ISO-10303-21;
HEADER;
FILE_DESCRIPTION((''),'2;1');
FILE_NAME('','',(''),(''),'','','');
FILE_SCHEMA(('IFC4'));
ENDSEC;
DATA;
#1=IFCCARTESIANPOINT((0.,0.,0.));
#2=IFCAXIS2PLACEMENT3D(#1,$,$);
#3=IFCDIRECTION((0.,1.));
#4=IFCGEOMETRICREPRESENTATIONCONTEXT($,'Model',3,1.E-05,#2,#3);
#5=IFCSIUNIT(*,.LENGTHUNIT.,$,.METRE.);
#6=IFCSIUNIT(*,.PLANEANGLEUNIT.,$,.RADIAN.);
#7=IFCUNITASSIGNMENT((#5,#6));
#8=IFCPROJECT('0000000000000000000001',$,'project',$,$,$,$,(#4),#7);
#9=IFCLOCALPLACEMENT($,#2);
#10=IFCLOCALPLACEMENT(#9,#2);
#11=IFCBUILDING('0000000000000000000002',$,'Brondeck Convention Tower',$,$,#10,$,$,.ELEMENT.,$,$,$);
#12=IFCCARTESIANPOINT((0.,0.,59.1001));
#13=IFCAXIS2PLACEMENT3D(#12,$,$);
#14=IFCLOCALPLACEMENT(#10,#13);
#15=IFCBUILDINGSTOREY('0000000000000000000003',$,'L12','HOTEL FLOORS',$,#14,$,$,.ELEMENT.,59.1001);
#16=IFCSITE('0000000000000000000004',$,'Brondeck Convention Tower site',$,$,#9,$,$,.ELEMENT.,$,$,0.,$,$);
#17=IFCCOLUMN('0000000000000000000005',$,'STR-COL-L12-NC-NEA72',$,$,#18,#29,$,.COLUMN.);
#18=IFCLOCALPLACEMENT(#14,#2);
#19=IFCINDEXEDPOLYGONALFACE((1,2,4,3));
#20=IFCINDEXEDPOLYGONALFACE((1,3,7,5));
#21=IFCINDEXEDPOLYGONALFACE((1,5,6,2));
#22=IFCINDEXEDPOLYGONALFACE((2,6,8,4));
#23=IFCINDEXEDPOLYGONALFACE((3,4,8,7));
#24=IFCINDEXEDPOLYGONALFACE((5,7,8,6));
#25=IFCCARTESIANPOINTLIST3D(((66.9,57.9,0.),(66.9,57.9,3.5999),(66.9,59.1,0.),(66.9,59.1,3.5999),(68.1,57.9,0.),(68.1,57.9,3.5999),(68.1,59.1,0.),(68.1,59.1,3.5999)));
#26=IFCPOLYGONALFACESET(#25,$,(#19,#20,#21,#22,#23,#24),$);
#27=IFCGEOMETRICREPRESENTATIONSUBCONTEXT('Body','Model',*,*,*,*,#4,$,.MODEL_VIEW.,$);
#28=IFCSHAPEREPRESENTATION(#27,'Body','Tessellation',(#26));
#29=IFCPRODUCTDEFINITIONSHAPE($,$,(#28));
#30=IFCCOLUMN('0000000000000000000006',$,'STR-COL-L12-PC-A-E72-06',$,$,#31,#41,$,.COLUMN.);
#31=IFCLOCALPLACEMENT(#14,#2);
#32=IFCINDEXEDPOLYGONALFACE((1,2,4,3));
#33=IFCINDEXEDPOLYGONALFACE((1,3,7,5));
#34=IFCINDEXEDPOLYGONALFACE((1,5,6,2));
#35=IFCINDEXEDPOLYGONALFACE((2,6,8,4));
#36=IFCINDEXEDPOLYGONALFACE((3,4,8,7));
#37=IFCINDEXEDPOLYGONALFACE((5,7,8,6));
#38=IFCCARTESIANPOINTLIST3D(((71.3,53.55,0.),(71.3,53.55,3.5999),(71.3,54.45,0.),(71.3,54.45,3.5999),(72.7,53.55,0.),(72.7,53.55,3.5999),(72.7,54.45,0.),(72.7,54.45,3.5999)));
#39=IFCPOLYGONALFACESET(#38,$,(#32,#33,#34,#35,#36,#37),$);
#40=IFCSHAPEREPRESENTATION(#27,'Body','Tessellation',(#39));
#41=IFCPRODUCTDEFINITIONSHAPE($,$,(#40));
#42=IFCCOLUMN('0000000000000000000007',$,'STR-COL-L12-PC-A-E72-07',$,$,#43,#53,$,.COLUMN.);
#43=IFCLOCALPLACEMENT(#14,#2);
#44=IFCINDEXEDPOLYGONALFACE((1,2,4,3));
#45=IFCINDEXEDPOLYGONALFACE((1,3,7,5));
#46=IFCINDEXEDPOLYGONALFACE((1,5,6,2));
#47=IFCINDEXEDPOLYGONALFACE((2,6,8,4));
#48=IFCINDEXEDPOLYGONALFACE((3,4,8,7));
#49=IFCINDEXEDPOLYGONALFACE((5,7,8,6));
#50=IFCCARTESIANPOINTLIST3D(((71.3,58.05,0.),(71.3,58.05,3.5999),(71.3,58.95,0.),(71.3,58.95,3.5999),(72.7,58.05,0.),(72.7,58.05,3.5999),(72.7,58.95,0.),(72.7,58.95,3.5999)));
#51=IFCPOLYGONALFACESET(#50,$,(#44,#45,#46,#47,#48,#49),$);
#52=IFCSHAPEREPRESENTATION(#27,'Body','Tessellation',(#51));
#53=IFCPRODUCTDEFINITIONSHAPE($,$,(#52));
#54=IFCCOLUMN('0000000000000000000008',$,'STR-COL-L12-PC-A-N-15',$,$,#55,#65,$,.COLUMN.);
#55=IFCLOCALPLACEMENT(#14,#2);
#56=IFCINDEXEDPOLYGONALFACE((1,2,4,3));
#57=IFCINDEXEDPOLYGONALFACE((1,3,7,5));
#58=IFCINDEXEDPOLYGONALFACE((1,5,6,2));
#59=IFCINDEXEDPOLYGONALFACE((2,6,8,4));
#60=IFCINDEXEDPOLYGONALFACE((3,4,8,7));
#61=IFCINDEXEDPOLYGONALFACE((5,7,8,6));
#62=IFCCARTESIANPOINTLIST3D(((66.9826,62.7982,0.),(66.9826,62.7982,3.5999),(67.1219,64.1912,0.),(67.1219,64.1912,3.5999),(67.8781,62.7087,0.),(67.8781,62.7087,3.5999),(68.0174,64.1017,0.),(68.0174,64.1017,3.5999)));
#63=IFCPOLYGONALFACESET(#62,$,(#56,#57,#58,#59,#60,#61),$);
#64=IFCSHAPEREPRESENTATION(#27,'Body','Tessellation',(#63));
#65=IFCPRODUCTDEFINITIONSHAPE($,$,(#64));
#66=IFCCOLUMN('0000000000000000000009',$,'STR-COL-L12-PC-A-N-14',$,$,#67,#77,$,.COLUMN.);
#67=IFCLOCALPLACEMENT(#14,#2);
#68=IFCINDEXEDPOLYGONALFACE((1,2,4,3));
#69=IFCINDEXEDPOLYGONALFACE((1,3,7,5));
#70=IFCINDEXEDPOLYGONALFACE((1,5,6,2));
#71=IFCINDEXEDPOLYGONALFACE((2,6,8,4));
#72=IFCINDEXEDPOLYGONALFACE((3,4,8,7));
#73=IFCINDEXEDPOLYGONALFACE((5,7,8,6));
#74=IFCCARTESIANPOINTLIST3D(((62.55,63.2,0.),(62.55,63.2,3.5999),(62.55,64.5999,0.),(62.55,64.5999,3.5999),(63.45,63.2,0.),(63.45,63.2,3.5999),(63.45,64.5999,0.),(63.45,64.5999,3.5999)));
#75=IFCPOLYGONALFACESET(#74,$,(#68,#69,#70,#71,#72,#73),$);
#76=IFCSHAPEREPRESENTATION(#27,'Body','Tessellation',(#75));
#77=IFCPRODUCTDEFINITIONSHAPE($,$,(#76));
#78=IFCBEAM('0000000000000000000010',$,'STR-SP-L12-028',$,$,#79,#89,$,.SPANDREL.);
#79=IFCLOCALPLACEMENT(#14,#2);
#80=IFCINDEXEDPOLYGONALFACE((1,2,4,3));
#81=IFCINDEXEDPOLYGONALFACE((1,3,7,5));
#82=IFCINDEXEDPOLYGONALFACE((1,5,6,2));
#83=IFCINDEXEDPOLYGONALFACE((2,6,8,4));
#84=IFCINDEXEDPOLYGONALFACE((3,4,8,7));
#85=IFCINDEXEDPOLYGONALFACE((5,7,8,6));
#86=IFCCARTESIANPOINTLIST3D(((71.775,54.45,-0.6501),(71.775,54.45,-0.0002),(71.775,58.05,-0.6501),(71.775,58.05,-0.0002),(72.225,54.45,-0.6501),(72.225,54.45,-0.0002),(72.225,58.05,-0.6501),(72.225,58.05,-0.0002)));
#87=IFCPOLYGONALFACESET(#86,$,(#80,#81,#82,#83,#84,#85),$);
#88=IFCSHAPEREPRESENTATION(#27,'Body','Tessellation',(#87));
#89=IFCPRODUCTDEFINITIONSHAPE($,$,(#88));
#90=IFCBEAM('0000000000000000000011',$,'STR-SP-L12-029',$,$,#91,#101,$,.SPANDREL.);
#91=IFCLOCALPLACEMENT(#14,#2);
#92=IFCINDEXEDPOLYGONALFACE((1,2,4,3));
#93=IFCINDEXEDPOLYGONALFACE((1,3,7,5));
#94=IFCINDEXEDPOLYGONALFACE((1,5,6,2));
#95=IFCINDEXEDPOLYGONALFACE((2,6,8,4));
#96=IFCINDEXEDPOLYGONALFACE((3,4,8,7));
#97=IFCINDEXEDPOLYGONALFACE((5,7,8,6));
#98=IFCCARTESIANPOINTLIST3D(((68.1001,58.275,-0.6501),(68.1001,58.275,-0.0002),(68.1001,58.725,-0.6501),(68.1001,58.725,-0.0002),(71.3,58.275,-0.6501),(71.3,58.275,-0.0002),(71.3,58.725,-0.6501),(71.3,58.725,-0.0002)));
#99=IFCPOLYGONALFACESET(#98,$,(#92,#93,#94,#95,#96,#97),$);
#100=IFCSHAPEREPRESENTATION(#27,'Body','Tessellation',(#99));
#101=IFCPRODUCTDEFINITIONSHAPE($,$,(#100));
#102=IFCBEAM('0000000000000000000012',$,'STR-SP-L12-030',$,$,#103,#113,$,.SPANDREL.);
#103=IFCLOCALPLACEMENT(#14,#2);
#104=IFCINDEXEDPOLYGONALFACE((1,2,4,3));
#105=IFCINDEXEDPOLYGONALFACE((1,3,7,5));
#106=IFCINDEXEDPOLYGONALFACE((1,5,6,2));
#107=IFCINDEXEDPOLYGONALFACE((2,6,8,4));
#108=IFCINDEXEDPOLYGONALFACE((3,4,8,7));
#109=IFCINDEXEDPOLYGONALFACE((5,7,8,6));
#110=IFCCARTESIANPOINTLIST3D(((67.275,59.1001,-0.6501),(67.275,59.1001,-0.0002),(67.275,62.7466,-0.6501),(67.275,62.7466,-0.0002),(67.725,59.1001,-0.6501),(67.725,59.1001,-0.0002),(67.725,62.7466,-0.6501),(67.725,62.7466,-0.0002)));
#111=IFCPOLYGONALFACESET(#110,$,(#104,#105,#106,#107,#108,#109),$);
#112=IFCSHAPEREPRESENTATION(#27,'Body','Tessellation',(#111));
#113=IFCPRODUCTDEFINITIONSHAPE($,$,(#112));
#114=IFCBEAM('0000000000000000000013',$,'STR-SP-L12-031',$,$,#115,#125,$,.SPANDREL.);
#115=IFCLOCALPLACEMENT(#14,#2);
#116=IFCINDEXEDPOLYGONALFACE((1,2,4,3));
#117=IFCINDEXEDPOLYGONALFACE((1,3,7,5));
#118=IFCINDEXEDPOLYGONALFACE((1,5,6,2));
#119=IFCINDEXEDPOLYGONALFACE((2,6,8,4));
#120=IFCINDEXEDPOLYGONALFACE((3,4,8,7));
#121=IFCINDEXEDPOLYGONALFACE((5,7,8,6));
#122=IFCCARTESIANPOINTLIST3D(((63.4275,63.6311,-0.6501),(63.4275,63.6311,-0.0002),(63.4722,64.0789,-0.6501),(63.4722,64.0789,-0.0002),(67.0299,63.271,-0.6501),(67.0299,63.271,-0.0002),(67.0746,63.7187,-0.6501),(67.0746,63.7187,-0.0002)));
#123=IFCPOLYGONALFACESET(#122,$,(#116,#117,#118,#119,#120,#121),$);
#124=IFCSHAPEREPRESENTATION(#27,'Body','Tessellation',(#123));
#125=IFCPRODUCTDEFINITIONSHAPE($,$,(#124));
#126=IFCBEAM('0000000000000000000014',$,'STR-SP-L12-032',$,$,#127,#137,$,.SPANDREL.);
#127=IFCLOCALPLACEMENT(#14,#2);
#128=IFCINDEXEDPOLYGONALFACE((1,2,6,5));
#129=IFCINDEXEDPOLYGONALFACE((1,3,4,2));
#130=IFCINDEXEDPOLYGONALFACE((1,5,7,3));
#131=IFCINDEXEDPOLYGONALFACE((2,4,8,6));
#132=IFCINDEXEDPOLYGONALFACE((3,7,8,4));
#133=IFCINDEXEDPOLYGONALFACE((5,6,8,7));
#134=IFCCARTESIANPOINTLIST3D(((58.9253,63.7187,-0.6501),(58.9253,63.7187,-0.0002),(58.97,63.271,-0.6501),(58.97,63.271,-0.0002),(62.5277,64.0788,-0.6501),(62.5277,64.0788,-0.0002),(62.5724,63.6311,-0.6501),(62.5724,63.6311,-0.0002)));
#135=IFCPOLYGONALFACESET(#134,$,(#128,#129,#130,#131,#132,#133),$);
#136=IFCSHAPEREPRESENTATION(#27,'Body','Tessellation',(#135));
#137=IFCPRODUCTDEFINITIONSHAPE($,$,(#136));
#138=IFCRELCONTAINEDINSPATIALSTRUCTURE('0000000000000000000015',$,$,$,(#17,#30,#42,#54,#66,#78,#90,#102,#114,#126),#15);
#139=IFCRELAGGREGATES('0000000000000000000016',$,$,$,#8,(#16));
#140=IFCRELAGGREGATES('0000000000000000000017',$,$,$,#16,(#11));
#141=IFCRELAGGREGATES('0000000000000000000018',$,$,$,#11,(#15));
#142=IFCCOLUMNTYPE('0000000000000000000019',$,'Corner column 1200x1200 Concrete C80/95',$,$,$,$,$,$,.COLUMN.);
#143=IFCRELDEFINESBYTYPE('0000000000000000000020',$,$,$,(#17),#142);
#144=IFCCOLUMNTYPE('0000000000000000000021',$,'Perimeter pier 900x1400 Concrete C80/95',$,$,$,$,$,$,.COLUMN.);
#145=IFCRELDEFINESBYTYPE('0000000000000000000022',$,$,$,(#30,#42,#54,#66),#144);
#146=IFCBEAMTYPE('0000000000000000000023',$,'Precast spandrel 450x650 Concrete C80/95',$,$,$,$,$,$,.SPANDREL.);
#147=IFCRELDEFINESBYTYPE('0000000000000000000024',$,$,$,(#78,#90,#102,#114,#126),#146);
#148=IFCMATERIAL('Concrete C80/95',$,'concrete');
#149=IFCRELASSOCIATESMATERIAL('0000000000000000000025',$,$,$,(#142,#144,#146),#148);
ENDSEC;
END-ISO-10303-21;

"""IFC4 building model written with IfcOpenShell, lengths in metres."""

from ifc_helpers import new_model, si_unit, direction, frame, origin, origin_2d, place, context, subcontext, project, spatial, rectangle, extrude, material, material_profile, profile_set, type_object, element, save


model = new_model("IFC4")

# Units and contexts
model_context = context("Model", 3, precision=1e-05, world=origin(), true_north=direction((0.0, 1.0)))
body_context = subcontext(model_context, "Body", "Model", "MODEL_VIEW")
ifc_project = project(units=[si_unit("LENGTHUNIT", "METRE"), si_unit("PLANEANGLEUNIT", "RADIAN")], contexts=[model_context])

# Site, building, storey
site_placement = place(None, origin())
site = spatial("IfcSite", under=ifc_project, at=site_placement, Name="Brondeck Convention Tower site", CompositionType="ELEMENT", RefElevation=0.0)
building_placement = place(site_placement, origin())
building = spatial("IfcBuilding", under=site, at=building_placement, Name="Brondeck Convention Tower", CompositionType="ELEMENT")
storey_placement = place(building_placement, frame((0.0, 0.0, 59.1001)))
storey = spatial("IfcBuildingStorey", under=building, at=storey_placement, Name="L12", Description="HOTEL FLOORS", CompositionType="ELEMENT", Elevation=59.1001)

# Columns
ifc_material_1 = material(Name="Concrete C80/95", Category="concrete")
ifc_material_profile_1 = material_profile(ifc_material_1, rectangle(XDim=1.2, YDim=1.2, at=origin_2d()), Name="Corner column 1200x1200 Concrete C80/95")
ifc_profile_set_1 = profile_set([ifc_material_profile_1], Name="Concrete C80/95")
column_type_1 = type_object("IfcColumnType", Name="Corner column 1200x1200 Concrete C80/95", PredefinedType="COLUMN", material=ifc_profile_set_1)
column_placement = place(storey_placement, frame((67.5, 58.5, 0.0), z_axis=(0.0, 0.0, 1.0), x_axis=(1.0, 0.0, 0.0)))
element("IfcColumn", 1, at=column_placement, inside=storey, type_object=column_type_1, Name="STR-COL-L12-NC-NEA72", PredefinedType="COLUMN", context=body_context, shape_type="SweptSolid", body=[
    extrude(rectangle(XDim=1.2, YDim=1.2, at=origin_2d()), origin(), (0.0, 0.0, 1.0), 3.5999),
])
ifc_material_profile_2 = material_profile(ifc_material_1, rectangle(XDim=0.8999, YDim=1.3999, at=origin_2d()), Name="Perimeter pier 900x1400 Concrete C80/95")
ifc_profile_set_2 = profile_set([ifc_material_profile_2], Name="Concrete C80/95")
column_type_2 = type_object("IfcColumnType", Name="Perimeter pier 900x1400 Concrete C80/95", PredefinedType="COLUMN", material=ifc_profile_set_2)
for number, where, z_axis, x_axis, name in (
    (2, (72.0, 54.0, 0.0), (0.0, 0.0, 1.0), (0.0, 1.0, 0.0), "STR-COL-L12-PC-A-E72-06"),
    (3, (72.0, 58.5, 0.0), (0.0, 0.0, 1.0), (0.0, 1.0, 0.0), "STR-COL-L12-PC-A-E72-07"),
    (4, (67.5, 63.45, 0.0), (0.0, 0.0, 1.0), (-0.995037, 0.099504, 0.0), "STR-COL-L12-PC-A-N-15"),
    (5, (63.0, 63.8999, 0.0), (0.0, 0.0, 1.0), (-1.0, 0.0, 0.0), "STR-COL-L12-PC-A-N-14"),
):
    element("IfcColumn", number, at=place(storey_placement, frame(where, z_axis=z_axis, x_axis=x_axis)), inside=storey, type_object=column_type_2, Name=name, PredefinedType="COLUMN", context=body_context, shape_type="SweptSolid", body=[
        extrude(rectangle(XDim=0.8999, YDim=1.3999, at=origin_2d()), origin(), (0.0, 0.0, 1.0), 3.5999),
    ])

# Beams
ifc_material_profile_3 = material_profile(ifc_material_1, rectangle(XDim=0.45, YDim=0.6499, at=origin_2d()), Name="Precast spandrel 450x650 Concrete C80/95")
ifc_profile_set_3 = profile_set([ifc_material_profile_3], Name="Concrete C80/95")
beam_type = type_object("IfcBeamType", Name="Precast spandrel 450x650 Concrete C80/95", PredefinedType="SPANDREL", material=ifc_profile_set_3)
beam_1_placement = place(storey_placement, frame((72.0, 54.45, -0.3252), z_axis=(0.0, 1.0, 0.0), x_axis=(-1.0, 0.0, 0.0)))
element("IfcBeam", 6, at=beam_1_placement, inside=storey, type_object=beam_type, Name="STR-SP-L12-028", PredefinedType="SPANDREL", context=body_context, shape_type="SweptSolid", body=[
    extrude(rectangle(XDim=0.45, YDim=0.6499, at=origin_2d()), origin(), (0.0, 0.0, 1.0), 3.6001),
])
beam_2_placement = place(storey_placement, frame((71.3, 58.5, -0.3252), z_axis=(-1.0, 0.0, 0.0), x_axis=(0.0, -1.0, 0.0)))
element("IfcBeam", 7, at=beam_2_placement, inside=storey, type_object=beam_type, Name="STR-SP-L12-029", PredefinedType="SPANDREL", context=body_context, shape_type="SweptSolid", body=[
    extrude(rectangle(XDim=0.45, YDim=0.6499, at=origin_2d()), origin(), (0.0, 0.0, 1.0), 3.2),
])
beam_3_placement = place(storey_placement, frame((67.5, 59.1001, -0.3252), z_axis=(0.0, 1.0, 0.0), x_axis=(-1.0, 0.0, 0.0)))
element("IfcBeam", 8, at=beam_3_placement, inside=storey, type_object=beam_type, Name="STR-SP-L12-030", PredefinedType="SPANDREL", context=body_context, shape_type="SweptSolid", body=[
    extrude(rectangle(XDim=0.45, YDim=0.6499, at=origin_2d()), origin(), (0.0, 0.0, 1.0), 3.6465),
])
for number, where, z_axis, x_axis, name in (
    (9, (67.0522, 63.4949, -0.3252), (-0.995041, 0.09947, 0.0), (-0.09947, -0.995041, 0.0), "STR-SP-L12-031"),
    (10, (62.55, 63.855, -0.3252), (-0.995041, -0.09947, 0.0), (0.09947, -0.995041, 0.0), "STR-SP-L12-032"),
):
    element("IfcBeam", number, at=place(storey_placement, frame(where, z_axis=z_axis, x_axis=x_axis)), inside=storey, type_object=beam_type, Name=name, PredefinedType="SPANDREL", context=body_context, shape_type="SweptSolid", body=[
        extrude(rectangle(XDim=0.45, YDim=0.6499, at=origin_2d()), origin(), (0.0, 0.0, 1.0), 3.6204),
    ])

save(model, "model.ifc")
